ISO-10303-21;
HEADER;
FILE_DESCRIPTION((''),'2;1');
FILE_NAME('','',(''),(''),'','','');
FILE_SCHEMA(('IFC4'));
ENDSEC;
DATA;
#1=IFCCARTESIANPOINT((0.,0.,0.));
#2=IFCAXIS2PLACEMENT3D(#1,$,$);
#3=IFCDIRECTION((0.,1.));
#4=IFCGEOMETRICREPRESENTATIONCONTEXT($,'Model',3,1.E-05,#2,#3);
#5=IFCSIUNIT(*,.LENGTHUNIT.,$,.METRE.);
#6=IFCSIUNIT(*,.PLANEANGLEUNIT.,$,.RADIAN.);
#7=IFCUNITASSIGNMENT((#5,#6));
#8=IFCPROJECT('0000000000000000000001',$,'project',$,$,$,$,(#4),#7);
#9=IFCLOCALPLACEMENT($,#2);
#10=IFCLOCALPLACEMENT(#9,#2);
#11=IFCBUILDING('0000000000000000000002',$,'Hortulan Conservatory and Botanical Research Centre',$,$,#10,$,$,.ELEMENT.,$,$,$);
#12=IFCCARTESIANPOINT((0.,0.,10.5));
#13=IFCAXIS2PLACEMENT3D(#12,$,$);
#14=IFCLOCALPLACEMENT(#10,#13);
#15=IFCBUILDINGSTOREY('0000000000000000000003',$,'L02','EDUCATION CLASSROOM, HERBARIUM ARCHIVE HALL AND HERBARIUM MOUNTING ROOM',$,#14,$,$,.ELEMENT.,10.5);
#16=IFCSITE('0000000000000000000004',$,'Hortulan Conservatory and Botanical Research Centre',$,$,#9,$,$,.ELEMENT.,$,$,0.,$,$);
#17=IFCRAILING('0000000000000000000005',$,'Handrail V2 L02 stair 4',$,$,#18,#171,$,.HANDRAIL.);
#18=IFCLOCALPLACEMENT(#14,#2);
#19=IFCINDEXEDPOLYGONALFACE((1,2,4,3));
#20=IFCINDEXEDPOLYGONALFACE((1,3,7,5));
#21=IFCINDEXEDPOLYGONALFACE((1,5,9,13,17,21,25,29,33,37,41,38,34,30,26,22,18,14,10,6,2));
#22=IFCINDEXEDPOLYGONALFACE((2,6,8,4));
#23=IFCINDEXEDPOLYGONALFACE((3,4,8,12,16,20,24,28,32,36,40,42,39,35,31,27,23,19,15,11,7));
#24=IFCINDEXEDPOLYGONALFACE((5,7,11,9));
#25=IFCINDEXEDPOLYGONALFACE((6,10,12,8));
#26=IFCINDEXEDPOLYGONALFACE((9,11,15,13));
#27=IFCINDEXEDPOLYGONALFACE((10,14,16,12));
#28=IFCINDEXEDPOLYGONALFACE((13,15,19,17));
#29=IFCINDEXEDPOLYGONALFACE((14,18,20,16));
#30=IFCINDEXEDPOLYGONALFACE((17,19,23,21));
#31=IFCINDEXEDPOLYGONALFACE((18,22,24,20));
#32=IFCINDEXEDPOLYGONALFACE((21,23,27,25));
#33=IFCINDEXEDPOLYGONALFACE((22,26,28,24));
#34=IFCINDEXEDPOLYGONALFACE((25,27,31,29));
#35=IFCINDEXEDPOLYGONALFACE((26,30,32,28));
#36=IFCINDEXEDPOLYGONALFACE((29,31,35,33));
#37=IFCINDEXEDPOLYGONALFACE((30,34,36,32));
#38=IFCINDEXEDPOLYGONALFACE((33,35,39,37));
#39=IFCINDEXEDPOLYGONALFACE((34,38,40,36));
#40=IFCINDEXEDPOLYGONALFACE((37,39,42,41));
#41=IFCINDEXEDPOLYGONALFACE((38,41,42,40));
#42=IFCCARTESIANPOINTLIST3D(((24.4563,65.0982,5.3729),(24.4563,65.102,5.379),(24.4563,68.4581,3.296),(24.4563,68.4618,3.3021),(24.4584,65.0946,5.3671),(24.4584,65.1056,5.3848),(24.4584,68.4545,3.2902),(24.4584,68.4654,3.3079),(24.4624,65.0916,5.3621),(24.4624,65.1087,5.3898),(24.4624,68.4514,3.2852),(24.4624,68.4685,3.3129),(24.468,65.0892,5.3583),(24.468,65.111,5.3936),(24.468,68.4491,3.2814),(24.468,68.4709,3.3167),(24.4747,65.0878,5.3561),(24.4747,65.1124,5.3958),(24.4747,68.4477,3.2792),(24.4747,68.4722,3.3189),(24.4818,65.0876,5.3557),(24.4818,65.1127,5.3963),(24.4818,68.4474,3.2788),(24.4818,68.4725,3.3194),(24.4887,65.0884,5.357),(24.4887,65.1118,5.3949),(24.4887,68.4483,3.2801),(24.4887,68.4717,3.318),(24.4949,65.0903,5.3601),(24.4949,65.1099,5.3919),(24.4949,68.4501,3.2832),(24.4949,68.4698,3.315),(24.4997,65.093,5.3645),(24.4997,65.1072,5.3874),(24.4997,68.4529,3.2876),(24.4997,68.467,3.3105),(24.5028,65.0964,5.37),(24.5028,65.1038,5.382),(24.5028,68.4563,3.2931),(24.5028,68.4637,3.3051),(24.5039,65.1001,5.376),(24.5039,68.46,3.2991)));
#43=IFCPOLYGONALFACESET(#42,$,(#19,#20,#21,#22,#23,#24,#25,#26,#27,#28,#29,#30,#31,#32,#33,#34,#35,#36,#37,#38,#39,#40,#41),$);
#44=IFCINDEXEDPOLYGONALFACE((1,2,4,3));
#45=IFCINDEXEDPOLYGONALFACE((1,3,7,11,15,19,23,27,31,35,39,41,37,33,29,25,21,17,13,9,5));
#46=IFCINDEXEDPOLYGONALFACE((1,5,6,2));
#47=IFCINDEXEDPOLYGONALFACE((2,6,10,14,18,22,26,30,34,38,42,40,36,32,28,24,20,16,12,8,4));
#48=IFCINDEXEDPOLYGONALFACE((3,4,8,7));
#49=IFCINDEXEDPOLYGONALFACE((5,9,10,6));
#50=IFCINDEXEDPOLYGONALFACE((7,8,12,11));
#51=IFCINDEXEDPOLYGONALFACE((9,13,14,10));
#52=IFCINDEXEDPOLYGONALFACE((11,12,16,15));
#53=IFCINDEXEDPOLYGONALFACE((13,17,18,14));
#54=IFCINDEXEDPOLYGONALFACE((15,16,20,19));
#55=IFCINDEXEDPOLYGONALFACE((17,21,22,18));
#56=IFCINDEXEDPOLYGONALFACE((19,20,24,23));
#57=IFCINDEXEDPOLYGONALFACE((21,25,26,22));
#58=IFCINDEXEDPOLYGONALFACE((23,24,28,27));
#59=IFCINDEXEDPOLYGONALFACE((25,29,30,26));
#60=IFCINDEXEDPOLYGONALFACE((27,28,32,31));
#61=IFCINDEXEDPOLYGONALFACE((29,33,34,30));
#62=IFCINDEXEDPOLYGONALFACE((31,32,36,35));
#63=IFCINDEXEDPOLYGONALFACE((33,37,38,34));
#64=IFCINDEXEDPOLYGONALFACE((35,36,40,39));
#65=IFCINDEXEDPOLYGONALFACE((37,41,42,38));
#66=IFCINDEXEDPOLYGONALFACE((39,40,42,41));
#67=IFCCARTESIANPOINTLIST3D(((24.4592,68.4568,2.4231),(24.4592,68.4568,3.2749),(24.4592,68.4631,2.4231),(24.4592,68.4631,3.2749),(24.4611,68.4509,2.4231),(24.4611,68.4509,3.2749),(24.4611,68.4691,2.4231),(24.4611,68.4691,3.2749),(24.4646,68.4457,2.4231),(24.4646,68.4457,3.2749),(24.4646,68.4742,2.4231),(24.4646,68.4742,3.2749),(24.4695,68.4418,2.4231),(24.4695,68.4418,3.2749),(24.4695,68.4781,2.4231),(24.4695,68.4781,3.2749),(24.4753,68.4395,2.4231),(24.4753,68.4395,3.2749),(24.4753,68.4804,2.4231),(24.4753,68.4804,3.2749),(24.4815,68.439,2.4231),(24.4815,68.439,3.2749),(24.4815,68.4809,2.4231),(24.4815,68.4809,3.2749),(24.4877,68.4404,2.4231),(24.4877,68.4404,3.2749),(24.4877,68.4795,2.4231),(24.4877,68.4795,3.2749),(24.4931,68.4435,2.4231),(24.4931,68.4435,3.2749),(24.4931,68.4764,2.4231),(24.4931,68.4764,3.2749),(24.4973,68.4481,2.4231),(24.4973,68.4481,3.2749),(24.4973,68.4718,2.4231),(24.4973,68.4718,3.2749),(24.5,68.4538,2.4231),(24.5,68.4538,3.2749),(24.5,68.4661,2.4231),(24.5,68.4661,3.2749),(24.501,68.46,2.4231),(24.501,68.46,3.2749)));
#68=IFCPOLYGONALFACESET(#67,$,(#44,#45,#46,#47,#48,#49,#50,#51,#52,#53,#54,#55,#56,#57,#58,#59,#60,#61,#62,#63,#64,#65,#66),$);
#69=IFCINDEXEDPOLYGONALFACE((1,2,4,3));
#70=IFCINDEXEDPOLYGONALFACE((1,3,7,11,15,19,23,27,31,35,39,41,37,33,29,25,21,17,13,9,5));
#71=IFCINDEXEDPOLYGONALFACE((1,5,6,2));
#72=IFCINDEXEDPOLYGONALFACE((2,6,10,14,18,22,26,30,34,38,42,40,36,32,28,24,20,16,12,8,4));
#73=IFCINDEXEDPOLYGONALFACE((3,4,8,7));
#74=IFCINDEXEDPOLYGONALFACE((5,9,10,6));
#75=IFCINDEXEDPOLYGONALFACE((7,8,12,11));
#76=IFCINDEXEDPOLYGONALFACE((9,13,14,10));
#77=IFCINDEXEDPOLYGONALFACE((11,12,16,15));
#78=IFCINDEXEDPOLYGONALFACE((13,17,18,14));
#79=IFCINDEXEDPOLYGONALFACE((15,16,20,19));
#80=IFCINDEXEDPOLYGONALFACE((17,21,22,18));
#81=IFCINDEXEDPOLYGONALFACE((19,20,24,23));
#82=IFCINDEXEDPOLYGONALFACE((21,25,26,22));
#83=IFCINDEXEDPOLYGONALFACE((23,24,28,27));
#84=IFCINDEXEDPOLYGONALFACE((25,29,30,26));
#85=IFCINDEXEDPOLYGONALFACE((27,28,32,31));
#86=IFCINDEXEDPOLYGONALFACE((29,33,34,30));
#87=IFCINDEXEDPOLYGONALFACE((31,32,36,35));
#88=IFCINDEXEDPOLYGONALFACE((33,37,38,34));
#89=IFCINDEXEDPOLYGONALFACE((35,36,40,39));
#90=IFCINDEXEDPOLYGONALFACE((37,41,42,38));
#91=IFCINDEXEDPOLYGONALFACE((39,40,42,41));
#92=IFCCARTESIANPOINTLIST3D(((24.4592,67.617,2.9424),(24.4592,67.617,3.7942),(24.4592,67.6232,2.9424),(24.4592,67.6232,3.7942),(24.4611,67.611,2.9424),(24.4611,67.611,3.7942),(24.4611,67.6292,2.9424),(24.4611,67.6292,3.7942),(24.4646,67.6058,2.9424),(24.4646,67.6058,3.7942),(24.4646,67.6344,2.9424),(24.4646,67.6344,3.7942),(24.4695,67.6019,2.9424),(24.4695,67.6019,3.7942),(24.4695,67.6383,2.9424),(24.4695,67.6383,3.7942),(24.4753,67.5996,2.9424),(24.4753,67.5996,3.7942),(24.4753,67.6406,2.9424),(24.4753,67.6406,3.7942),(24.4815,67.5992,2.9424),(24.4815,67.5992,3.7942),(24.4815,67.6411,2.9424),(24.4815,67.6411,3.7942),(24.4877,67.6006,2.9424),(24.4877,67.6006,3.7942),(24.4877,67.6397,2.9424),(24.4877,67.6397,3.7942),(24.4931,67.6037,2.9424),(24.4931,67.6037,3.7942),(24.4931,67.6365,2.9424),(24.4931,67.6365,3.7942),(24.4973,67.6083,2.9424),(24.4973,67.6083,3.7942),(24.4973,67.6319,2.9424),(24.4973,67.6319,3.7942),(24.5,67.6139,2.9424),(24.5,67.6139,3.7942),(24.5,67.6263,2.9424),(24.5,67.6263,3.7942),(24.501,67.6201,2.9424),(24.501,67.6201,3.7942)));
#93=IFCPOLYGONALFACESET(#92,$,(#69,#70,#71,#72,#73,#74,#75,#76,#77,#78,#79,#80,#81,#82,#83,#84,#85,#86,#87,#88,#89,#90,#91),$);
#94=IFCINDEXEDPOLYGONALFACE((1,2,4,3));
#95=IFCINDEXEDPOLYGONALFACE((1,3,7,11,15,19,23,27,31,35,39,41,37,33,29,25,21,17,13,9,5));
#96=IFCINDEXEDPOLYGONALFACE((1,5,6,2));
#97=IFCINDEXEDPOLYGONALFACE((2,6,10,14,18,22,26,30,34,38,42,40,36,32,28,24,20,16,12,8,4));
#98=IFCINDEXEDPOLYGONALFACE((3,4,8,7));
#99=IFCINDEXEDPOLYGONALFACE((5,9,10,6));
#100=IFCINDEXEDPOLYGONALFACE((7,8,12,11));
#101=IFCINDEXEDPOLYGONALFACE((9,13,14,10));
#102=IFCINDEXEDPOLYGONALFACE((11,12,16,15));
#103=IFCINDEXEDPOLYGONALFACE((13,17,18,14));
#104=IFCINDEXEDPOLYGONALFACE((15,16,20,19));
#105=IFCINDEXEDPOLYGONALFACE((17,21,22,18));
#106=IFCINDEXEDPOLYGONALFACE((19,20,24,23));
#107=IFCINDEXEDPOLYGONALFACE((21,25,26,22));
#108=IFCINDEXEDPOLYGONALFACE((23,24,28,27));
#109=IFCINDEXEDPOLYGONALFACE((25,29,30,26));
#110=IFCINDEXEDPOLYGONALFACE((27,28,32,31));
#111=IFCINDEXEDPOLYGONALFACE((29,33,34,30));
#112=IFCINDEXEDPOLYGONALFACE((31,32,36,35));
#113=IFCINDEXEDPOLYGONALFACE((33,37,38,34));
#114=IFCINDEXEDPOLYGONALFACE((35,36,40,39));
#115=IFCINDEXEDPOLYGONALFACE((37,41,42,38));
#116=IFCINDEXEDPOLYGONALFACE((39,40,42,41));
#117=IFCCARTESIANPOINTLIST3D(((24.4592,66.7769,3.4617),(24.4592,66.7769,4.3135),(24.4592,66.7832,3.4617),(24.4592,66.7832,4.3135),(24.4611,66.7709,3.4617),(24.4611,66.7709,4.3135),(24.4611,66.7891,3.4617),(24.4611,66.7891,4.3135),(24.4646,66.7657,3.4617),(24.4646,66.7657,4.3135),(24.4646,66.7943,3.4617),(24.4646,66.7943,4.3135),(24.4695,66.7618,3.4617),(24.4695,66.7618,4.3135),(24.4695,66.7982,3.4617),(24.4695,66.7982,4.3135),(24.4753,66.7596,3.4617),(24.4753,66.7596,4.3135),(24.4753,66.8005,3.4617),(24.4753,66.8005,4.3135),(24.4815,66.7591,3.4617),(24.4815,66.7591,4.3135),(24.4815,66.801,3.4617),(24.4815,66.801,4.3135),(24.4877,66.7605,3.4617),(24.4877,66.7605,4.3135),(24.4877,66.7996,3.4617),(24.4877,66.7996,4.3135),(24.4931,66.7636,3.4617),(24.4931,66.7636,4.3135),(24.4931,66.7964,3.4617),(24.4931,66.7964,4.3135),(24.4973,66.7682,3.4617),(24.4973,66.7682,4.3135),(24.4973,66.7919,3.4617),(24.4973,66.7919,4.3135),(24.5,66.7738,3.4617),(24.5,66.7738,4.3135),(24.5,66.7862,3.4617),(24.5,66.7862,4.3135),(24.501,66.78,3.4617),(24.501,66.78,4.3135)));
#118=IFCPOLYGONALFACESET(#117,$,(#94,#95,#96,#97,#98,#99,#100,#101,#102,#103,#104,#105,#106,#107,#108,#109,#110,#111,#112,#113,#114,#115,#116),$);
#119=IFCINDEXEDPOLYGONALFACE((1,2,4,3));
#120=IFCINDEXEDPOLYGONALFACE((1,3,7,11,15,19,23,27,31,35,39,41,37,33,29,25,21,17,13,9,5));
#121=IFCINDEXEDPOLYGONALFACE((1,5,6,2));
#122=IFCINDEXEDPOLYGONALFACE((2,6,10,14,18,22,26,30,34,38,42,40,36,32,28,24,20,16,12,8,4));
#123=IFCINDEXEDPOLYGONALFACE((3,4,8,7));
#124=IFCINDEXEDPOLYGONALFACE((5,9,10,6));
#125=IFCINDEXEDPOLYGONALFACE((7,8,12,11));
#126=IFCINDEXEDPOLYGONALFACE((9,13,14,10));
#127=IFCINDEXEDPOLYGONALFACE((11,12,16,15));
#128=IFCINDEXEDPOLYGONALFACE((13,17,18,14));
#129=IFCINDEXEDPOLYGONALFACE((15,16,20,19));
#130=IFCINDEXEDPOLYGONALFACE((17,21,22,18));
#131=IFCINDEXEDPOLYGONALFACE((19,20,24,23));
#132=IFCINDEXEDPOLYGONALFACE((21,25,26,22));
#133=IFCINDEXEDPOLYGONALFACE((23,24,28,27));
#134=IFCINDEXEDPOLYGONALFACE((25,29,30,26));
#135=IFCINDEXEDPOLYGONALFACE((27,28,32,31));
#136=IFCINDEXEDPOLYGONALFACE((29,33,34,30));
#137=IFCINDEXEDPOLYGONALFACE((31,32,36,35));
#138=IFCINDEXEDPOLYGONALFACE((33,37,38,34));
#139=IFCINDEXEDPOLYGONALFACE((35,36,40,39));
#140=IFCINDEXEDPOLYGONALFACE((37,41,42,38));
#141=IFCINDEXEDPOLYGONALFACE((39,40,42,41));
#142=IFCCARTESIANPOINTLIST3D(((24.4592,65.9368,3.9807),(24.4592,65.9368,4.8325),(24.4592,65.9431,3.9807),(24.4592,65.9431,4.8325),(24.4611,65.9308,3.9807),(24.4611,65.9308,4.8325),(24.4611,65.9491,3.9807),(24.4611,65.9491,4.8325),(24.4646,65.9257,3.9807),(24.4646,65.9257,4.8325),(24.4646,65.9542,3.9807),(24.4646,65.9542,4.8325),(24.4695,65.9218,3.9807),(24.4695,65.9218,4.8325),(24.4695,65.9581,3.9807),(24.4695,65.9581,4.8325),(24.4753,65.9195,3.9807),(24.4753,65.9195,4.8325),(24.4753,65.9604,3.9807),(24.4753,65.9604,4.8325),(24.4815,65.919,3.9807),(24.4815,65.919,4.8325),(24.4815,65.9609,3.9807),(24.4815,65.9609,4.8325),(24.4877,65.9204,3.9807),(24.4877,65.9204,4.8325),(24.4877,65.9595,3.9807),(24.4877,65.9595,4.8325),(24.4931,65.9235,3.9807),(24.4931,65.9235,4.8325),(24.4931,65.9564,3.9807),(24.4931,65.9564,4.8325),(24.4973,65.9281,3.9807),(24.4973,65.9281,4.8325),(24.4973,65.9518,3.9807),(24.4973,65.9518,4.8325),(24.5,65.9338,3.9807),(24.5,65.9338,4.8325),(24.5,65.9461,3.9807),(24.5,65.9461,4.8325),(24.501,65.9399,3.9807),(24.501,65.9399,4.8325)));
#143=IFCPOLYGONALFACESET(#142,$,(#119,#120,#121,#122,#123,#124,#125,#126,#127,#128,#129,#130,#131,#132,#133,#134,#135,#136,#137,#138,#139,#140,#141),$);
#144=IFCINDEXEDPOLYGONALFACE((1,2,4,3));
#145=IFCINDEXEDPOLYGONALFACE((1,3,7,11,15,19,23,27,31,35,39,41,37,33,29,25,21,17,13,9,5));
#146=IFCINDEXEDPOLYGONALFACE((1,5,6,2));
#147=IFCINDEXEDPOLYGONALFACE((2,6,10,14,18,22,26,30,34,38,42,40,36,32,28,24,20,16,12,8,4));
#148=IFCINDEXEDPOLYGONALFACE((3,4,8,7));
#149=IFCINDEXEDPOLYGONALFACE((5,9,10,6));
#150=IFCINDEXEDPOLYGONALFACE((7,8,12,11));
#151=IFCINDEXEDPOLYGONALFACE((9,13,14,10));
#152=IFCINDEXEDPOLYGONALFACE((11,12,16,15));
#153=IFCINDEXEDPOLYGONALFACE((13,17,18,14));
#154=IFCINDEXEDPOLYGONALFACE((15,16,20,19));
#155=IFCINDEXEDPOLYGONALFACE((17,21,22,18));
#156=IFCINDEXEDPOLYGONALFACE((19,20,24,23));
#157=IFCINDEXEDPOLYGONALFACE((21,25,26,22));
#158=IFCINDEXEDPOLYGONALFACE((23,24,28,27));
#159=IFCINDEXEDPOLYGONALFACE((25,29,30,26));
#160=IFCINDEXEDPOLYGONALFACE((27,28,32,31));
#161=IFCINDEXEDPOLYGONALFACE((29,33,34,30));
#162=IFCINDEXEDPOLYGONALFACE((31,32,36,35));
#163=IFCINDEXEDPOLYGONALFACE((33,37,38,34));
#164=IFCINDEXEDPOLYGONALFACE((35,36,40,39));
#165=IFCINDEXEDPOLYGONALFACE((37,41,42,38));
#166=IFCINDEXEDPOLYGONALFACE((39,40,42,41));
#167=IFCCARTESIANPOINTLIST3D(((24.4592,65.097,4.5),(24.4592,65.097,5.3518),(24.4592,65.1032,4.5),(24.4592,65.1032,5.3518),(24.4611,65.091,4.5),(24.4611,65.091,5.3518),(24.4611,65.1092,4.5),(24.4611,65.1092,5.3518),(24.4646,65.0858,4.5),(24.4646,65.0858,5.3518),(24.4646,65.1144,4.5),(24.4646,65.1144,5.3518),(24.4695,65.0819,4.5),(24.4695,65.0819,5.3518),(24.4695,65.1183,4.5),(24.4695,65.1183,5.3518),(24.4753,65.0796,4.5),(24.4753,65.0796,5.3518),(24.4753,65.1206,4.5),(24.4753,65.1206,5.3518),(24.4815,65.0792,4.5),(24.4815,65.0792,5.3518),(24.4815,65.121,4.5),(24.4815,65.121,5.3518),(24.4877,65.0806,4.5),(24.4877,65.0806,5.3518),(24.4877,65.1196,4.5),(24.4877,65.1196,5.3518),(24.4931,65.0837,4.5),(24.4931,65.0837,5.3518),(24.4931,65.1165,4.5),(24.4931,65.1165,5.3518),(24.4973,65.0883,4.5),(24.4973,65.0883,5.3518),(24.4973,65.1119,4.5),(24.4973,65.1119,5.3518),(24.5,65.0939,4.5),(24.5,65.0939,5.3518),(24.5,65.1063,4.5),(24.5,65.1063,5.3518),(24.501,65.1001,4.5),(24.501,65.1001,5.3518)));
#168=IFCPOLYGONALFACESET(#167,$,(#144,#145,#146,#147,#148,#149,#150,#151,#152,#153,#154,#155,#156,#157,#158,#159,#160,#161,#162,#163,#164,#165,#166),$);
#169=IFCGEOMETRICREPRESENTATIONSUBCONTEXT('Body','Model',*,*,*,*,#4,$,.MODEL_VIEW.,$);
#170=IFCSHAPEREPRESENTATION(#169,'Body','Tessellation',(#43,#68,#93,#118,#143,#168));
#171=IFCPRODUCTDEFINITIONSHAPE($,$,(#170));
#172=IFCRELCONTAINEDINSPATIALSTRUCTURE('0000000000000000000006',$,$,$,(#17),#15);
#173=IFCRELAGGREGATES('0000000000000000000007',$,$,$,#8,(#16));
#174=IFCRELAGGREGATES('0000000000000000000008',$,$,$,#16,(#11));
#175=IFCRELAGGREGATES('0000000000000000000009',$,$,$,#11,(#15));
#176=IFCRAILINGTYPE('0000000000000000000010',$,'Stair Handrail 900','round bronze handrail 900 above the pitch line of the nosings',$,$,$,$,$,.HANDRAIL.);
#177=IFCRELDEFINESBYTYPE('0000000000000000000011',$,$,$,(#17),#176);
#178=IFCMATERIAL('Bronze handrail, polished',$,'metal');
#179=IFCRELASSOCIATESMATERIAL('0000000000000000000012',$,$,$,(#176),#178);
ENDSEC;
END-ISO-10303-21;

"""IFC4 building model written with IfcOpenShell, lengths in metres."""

from ifc_helpers import new_model, si_unit, direction, frame, origin, origin_2d, place, context, subcontext, project, spatial, circle, extrude, material, type_object, element, save


model = new_model("IFC4")

# Units and contexts
model_context = context("Model", 3, precision=1e-05, world=origin(), true_north=direction((0.0, 1.0)))
body_context = subcontext(model_context, "Body", "Model", "MODEL_VIEW")
ifc_project = project(units=[si_unit("LENGTHUNIT", "METRE"), si_unit("PLANEANGLEUNIT", "RADIAN")], contexts=[model_context])

# Site, building, storey
site_placement = place(None, origin())
site = spatial("IfcSite", under=ifc_project, at=site_placement, Name="Hortulan Conservatory and Botanical Research Centre", CompositionType="ELEMENT", RefElevation=0.0)
building_placement = place(site_placement, origin())
building = spatial("IfcBuilding", under=site, at=building_placement, Name="Hortulan Conservatory and Botanical Research Centre", CompositionType="ELEMENT")
storey_placement = place(building_placement, frame((0.0, 0.0, 10.5)))
storey = spatial("IfcBuildingStorey", under=building, at=storey_placement, Name="L02", Description="EDUCATION CLASSROOM, HERBARIUM ARCHIVE HALL AND HERBARIUM MOUNTING ROOM", CompositionType="ELEMENT", Elevation=10.5)

# Railing
ifc_material_1 = material(Name="Bronze handrail, polished", Category="metal")
railing_type_1 = type_object("IfcRailingType", Name="Stair Handrail 900", Description="round bronze handrail 900 above the pitch line of the nosings", PredefinedType="HANDRAIL", material=ifc_material_1)
railing_1_placement = place(storey_placement, frame((24.48, 68.46, 2.4231)))
element("IfcRailing", 1, at=railing_1_placement, inside=storey, type_object=railing_type_1, Name="Handrail V2 L02 stair 4", PredefinedType="HANDRAIL", context=body_context, shape_type="SweptSolid", body=[
    extrude(circle(Radius=0.0239, at=origin_2d()), frame((0.0, 0.0, 0.876), z_axis=(0.0, -0.850606, 0.525803), x_axis=(1.0, 0.0, 0.0)), (0.0, 0.0, 1.0), 3.95),
    extrude(circle(Radius=0.021, at=origin_2d()), origin(), (0.0, 0.0, 1.0), 0.8518),
    extrude(circle(Radius=0.021, at=origin_2d()), frame((0.0, -0.8398, 0.5193)), (0.0, 0.0, 1.0), 0.8518),
    extrude(circle(Radius=0.021, at=origin_2d()), frame((0.0, -1.6799, 1.0386)), (0.0, 0.0, 1.0), 0.8518),
    extrude(circle(Radius=0.021, at=origin_2d()), frame((0.0, -2.52, 1.5576)), (0.0, 0.0, 1.0), 0.8518),
    extrude(circle(Radius=0.021, at=origin_2d()), frame((0.0, -3.3599, 2.0769)), (0.0, 0.0, 1.0), 0.8518),
])

save(model, "model.ifc")
